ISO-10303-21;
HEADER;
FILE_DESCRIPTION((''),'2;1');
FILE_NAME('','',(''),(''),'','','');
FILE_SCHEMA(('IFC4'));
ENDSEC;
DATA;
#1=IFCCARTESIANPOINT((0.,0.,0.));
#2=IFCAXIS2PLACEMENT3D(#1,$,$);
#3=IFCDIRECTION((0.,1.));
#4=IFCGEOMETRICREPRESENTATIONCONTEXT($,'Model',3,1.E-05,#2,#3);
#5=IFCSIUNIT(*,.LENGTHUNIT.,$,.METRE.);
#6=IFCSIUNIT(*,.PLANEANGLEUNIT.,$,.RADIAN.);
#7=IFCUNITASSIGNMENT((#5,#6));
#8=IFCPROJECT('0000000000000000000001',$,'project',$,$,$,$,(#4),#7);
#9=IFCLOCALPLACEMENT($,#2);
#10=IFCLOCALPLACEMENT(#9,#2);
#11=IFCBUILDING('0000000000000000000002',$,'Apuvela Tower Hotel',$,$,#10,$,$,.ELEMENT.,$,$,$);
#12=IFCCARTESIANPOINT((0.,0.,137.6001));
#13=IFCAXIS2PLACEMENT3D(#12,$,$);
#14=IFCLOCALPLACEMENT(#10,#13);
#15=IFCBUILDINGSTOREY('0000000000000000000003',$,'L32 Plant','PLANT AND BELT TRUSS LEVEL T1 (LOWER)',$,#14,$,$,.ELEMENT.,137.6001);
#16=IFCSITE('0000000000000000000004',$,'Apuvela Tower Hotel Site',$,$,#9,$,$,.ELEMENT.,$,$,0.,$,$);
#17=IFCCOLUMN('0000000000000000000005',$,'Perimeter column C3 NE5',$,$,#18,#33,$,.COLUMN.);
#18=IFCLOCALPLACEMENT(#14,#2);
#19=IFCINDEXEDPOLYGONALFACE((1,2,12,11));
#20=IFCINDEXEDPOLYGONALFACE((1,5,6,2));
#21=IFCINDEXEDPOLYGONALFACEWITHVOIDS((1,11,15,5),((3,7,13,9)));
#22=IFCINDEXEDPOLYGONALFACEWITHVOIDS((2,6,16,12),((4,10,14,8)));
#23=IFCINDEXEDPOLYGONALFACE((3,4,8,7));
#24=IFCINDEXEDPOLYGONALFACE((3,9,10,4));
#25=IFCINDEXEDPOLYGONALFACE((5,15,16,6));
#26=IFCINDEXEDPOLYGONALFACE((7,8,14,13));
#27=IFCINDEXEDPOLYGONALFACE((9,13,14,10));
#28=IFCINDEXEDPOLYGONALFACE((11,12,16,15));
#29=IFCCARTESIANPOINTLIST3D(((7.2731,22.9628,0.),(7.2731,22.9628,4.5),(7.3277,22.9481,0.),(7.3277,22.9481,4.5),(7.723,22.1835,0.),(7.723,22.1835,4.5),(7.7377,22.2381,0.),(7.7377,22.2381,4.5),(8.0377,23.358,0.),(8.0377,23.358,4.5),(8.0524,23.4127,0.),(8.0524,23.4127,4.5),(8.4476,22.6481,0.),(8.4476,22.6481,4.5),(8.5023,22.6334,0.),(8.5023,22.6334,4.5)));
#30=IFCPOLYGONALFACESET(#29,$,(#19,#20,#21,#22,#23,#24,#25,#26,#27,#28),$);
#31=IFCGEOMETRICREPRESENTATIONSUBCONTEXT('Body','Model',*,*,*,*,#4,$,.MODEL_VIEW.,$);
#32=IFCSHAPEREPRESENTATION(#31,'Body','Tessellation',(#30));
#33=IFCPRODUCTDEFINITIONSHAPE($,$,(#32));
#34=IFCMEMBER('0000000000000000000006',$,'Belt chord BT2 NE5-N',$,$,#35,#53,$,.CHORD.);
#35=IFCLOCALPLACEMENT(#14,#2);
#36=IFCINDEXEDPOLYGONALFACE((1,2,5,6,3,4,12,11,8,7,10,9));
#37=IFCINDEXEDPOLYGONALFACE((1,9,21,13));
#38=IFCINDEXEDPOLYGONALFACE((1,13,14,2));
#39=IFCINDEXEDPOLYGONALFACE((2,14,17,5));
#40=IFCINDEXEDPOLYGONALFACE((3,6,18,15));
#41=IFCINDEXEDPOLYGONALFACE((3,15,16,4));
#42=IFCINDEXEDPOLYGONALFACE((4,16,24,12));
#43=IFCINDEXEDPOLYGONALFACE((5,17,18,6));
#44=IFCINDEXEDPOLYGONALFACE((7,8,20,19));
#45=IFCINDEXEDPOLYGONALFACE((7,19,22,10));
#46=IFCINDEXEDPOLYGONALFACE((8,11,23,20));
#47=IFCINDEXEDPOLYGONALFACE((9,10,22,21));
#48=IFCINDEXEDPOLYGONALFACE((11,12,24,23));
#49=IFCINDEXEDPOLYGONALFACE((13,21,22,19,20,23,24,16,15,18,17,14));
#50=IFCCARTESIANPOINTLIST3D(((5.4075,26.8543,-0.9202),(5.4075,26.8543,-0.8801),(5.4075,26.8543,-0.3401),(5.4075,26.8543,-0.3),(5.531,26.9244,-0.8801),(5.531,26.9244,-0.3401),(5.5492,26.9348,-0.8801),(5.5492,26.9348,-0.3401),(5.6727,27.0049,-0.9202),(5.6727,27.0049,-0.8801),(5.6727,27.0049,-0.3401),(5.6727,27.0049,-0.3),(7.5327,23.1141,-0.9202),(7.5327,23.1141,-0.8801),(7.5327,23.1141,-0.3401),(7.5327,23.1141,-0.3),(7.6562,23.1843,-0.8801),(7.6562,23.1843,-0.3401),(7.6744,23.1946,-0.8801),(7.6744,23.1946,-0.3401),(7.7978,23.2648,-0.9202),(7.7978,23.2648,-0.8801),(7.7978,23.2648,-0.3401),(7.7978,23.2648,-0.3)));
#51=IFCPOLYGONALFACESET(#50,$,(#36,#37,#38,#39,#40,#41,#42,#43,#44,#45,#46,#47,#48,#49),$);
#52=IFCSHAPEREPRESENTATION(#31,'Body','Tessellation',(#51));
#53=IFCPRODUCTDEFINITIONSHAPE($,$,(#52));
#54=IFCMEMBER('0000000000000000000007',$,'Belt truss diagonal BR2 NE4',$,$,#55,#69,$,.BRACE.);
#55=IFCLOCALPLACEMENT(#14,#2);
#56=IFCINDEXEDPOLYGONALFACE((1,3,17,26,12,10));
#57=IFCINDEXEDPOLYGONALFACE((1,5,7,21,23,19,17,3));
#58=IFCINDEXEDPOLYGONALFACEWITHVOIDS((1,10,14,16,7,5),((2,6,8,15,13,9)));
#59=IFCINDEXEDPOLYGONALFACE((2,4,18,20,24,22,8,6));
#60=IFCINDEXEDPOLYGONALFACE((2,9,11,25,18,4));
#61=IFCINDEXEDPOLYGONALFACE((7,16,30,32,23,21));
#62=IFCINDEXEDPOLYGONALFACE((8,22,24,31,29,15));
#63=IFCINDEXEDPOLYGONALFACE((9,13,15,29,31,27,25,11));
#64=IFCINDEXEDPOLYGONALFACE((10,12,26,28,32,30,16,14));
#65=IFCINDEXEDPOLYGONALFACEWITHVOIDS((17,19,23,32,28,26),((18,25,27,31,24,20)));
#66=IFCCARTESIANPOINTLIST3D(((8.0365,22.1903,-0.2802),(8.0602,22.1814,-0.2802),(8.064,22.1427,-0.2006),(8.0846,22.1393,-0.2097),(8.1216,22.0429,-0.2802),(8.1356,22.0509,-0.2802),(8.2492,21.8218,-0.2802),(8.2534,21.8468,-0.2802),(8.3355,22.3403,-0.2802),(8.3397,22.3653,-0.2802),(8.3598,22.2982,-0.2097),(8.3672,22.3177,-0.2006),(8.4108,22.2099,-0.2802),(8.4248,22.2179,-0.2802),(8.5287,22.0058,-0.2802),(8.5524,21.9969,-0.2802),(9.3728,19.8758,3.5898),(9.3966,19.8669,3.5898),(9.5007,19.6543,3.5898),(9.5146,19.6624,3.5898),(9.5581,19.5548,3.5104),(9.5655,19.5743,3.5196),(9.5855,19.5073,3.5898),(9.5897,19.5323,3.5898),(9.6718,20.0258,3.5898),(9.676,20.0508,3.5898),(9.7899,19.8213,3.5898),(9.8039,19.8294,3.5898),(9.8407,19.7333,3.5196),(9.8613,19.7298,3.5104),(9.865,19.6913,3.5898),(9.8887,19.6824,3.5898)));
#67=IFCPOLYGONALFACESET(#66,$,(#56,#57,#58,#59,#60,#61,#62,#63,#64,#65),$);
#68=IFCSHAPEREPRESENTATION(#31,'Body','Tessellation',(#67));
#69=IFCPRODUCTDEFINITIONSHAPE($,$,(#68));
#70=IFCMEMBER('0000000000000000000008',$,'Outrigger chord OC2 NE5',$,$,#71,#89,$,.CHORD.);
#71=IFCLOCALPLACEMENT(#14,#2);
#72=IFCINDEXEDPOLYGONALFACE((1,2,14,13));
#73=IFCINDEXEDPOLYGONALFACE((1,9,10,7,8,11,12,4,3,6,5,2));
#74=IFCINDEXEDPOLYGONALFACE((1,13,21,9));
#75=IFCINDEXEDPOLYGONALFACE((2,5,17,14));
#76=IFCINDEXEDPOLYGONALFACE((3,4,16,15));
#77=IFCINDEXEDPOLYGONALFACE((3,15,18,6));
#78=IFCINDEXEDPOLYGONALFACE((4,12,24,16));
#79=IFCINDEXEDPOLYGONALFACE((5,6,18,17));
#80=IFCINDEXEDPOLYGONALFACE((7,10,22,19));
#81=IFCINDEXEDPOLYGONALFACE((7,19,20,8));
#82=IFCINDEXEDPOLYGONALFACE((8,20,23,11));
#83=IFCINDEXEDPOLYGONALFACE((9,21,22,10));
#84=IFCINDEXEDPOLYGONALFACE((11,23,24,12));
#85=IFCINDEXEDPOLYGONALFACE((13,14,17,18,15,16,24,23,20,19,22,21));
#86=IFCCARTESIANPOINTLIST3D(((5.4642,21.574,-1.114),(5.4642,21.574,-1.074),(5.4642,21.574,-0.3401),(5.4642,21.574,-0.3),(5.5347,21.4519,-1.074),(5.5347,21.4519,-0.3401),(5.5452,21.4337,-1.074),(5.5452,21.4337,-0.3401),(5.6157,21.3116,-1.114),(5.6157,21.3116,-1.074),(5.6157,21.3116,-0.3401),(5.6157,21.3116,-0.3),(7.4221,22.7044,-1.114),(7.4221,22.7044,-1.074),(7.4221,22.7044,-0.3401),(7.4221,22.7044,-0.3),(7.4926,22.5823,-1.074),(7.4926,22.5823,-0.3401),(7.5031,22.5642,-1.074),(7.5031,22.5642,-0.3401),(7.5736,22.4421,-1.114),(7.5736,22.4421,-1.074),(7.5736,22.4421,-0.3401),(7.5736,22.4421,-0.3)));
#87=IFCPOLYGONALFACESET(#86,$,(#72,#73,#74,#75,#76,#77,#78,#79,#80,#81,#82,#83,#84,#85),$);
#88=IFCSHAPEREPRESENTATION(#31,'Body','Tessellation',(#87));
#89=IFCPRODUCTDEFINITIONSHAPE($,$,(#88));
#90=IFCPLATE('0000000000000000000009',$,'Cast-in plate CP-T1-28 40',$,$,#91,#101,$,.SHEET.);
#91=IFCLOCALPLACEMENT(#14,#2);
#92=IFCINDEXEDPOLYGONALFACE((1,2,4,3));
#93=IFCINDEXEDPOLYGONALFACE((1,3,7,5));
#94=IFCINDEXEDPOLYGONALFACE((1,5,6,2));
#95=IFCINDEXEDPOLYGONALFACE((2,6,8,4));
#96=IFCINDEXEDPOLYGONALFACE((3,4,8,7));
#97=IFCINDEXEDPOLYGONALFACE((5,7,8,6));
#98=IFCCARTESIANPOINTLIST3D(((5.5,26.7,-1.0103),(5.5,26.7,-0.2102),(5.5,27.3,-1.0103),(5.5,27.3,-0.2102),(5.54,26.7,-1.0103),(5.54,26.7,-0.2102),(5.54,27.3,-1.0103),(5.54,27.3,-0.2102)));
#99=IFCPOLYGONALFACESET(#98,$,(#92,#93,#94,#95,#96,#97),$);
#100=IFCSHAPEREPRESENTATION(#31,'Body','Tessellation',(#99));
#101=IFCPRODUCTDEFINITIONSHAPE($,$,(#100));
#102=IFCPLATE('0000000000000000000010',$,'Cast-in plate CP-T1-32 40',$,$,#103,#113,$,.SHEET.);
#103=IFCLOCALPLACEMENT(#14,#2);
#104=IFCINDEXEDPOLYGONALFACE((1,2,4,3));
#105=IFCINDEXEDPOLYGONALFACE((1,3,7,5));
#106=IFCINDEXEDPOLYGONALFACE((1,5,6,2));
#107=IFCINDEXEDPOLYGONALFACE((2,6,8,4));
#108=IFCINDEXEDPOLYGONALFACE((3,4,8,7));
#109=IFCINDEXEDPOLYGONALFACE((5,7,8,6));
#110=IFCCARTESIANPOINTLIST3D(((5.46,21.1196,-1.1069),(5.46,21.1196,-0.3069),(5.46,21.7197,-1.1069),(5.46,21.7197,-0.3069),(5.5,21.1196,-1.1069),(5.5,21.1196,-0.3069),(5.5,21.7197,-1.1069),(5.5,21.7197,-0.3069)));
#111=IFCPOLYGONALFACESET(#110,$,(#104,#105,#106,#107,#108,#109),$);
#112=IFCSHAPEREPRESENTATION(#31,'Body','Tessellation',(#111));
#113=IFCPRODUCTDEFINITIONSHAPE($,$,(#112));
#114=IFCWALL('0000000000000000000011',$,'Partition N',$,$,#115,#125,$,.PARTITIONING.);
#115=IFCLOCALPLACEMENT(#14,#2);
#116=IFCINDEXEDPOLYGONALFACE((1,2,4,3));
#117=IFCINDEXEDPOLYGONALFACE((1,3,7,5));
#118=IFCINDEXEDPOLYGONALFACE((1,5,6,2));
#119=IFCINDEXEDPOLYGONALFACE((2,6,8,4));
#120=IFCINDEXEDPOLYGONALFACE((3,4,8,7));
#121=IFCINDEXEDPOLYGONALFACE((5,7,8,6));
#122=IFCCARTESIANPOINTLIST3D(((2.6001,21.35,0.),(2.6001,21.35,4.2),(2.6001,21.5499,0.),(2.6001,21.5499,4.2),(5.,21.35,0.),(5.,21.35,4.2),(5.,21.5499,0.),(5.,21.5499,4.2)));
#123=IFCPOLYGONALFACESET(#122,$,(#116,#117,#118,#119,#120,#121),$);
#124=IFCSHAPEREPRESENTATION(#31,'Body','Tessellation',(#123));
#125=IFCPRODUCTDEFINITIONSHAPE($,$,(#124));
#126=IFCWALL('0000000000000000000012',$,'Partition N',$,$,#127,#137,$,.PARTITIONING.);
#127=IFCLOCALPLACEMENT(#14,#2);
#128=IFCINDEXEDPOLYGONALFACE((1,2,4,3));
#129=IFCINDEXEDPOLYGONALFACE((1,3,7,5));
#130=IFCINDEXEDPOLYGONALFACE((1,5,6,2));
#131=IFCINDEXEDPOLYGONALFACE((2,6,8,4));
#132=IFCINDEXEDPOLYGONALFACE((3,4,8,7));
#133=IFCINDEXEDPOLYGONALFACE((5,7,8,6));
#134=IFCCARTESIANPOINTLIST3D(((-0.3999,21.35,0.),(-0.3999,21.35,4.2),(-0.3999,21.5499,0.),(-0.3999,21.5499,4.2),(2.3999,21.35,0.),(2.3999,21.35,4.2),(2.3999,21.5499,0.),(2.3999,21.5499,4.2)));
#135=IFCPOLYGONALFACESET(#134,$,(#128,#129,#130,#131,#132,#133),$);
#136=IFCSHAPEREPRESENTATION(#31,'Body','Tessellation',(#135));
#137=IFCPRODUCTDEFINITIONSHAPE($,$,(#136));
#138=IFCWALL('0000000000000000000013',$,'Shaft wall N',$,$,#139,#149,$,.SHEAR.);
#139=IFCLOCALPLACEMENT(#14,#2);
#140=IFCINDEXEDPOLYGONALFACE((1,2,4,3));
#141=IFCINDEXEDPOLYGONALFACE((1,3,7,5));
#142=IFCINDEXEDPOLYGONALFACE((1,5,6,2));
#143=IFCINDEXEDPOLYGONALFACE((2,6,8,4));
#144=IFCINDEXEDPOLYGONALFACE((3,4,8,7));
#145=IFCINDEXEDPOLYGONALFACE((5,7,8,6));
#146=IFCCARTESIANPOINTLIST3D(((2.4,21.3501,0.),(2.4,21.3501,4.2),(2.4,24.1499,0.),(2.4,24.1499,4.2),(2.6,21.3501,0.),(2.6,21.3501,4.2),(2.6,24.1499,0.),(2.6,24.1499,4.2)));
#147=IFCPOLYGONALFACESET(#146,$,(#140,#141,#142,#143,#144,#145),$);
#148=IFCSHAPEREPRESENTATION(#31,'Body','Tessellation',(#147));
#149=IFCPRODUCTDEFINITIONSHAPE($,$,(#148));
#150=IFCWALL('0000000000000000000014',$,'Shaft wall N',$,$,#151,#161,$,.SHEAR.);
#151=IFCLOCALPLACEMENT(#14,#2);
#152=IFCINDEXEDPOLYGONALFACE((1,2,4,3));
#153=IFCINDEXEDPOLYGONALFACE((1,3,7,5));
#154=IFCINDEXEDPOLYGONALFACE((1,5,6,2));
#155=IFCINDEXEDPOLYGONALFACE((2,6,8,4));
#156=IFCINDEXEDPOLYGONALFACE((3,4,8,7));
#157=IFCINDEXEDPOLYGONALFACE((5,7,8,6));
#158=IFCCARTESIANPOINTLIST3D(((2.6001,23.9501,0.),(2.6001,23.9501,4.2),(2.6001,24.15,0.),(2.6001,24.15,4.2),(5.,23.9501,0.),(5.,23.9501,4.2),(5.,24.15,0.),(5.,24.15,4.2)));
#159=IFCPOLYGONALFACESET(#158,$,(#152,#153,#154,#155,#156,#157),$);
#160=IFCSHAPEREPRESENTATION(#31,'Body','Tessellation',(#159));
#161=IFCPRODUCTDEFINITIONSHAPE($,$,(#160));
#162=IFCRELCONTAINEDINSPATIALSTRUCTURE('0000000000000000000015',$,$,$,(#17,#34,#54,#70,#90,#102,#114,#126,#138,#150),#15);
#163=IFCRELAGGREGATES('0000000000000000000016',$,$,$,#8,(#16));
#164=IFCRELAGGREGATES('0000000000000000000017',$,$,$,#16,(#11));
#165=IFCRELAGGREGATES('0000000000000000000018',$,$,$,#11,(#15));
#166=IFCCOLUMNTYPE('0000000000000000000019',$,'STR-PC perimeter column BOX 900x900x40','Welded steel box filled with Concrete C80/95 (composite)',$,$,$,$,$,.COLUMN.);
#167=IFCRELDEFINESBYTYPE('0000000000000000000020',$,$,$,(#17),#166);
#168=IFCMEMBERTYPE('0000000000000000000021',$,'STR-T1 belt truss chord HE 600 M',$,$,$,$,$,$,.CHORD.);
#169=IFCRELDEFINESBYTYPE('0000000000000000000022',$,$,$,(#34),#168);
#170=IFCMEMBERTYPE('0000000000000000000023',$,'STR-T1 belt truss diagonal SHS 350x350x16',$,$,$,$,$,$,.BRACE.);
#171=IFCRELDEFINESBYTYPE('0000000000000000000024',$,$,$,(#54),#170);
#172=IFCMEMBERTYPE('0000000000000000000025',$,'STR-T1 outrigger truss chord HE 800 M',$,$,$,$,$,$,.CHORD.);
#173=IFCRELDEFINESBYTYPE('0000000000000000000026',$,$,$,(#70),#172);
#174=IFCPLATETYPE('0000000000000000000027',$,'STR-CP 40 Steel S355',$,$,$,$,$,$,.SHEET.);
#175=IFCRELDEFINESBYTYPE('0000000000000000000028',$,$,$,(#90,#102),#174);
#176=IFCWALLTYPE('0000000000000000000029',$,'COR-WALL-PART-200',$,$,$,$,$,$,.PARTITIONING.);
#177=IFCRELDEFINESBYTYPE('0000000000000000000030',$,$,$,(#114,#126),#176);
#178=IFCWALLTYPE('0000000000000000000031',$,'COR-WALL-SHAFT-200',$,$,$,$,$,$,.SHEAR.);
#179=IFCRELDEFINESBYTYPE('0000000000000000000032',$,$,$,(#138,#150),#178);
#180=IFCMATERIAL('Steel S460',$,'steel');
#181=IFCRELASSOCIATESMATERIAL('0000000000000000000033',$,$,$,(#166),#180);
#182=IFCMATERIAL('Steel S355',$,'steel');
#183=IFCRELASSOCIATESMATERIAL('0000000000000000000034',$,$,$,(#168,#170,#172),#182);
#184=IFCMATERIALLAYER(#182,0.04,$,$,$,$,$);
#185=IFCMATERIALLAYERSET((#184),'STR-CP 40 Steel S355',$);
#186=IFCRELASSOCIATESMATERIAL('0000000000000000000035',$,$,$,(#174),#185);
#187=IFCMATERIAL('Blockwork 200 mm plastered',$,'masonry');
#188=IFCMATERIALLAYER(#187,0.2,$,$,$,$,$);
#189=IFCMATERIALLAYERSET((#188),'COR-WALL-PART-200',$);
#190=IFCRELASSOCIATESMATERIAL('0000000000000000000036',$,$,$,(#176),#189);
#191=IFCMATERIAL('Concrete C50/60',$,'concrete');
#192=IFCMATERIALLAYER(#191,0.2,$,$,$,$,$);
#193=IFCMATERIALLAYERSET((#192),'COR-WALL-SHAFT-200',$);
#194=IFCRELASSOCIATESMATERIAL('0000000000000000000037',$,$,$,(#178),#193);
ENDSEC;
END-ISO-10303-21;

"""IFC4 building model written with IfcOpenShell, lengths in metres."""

from ifc_helpers import new_model, si_unit, direction, frame, frame_2d, origin, origin_2d, place, context, subcontext, project, spatial, rectangle, hollow_rectangle, i_section, extrude, boolean, halfspace, material, layer, layer_set, material_profile, profile_set, type_object, element, save


model = new_model("IFC4")

# Units and contexts
model_context = context("Model", 3, precision=1e-05, world=origin(), true_north=direction((0.0, 1.0)))
body_context = subcontext(model_context, "Body", "Model", "MODEL_VIEW")
ifc_project = project(units=[si_unit("LENGTHUNIT", "METRE"), si_unit("PLANEANGLEUNIT", "RADIAN")], contexts=[model_context])

# Site, building, storey
site_placement = place(None, origin())
site = spatial("IfcSite", under=ifc_project, at=site_placement, Name="Apuvela Tower Hotel Site", CompositionType="ELEMENT", RefElevation=0.0)
building_placement = place(site_placement, origin())
building = spatial("IfcBuilding", under=site, at=building_placement, Name="Apuvela Tower Hotel", CompositionType="ELEMENT")
storey_placement = place(building_placement, frame((0.0, 0.0, 137.6001)))
storey = spatial("IfcBuildingStorey", under=building, at=storey_placement, Name="L32 Plant", Description="PLANT AND BELT TRUSS LEVEL T1 (LOWER)", CompositionType="ELEMENT", Elevation=137.6001)

# Column
ifc_material_1 = material(Name="Steel S460", Category="steel")
ifc_material_profile_1 = material_profile(ifc_material_1, hollow_rectangle(XDim=0.8999, YDim=0.8999, WallThickness=0.04, at=origin_2d()), Name="BOX 900x900x40")
ifc_material_2 = material(Name="Concrete C80/95", Category="concrete")
ifc_material_profile_2 = material_profile(ifc_material_2, rectangle(XDim=0.8201, YDim=0.8201, at=origin_2d()), Name="Concrete C80/95 infill")
ifc_profile_set_1 = profile_set([ifc_material_profile_1, ifc_material_profile_2], Name="Steel S460")
column_type = type_object("IfcColumnType", Name="STR-PC perimeter column BOX 900x900x40", Description="Welded steel box filled with Concrete C80/95 (composite)", PredefinedType="COLUMN", material=ifc_profile_set_1)
column_placement = place(storey_placement, frame((7.8877, 22.7981, 0.0), z_axis=(0.0, 0.0, 1.0), x_axis=(-0.5, 0.866025, 0.0)))
element("IfcColumn", 1, at=column_placement, inside=storey, type_object=column_type, Name="Perimeter column C3 NE5", PredefinedType="COLUMN", context=body_context, shape_type="SweptSolid", body=[
    extrude(hollow_rectangle(XDim=0.8999, YDim=0.8999, WallThickness=0.04, at=origin_2d()), origin(), (0.0, 0.0, 1.0), 4.5),
])

# Members
ifc_material_3 = material(Name="Steel S355", Category="steel")
ifc_material_profile_3 = material_profile(ifc_material_3, i_section(OverallWidth=0.3049, OverallDepth=0.6201, WebThickness=0.021, FlangeThickness=0.04, at=origin_2d()), Name="HE 600 M")
ifc_profile_set_2 = profile_set([ifc_material_profile_3], Name="Steel S355")
member_type_1 = type_object("IfcMemberType", Name="STR-T1 belt truss chord HE 600 M", PredefinedType="CHORD", material=ifc_profile_set_2)
member_1_placement = place(storey_placement, frame((7.6653, 23.1895, -0.6101), z_axis=(-0.494029, 0.869445, 0.0), x_axis=(-0.869445, -0.494029, 0.0)))
element("IfcMember", 2, at=member_1_placement, inside=storey, type_object=member_type_1, Name="Belt chord BT2 NE5-N", PredefinedType="CHORD", context=body_context, shape_type="SweptSolid", body=[
    extrude(i_section(OverallWidth=0.3049, OverallDepth=0.6201, WebThickness=0.021, FlangeThickness=0.04, at=origin_2d()), origin(), (0.0, 0.0, 1.0), 4.3018),
])
ifc_material_profile_4 = material_profile(ifc_material_3, hollow_rectangle(XDim=0.3501, YDim=0.3501, WallThickness=0.0161, at=origin_2d()), Name="SHS 350x350x16")
ifc_profile_set_3 = profile_set([ifc_material_profile_4], Name="Steel S355")
member_type_2 = type_object("IfcMemberType", Name="STR-T1 belt truss diagonal SHS 350x350x16", PredefinedType="BRACE", material=ifc_profile_set_3)
member_2_placement = place(storey_placement, frame((8.2876, 22.1055, -0.3), z_axis=(0.284132, -0.492119, 0.822853), x_axis=(-0.411434, 0.712607, 0.568254)))
solid_1 = boolean("DIFFERENCE", boolean("DIFFERENCE", extrude(hollow_rectangle(XDim=0.3501, YDim=0.3501, WallThickness=0.0161, at=origin_2d()), frame((0.0, 0.0, -0.2407)), (0.0, 0.0, 1.0), 5.2332), halfspace(frame((0.0, 0.0, 0.0242), z_axis=(0.568254, 0.0, 0.822853), x_axis=(0.822853, 0.0, -0.568254)), True)), halfspace(frame((0.0, 0.0, 4.7273), z_axis=(0.568254, 0.0, 0.822853), x_axis=(0.822853, 0.0, -0.568254)), False))
element("IfcMember", 3, at=member_2_placement, inside=storey, type_object=member_type_2, Name="Belt truss diagonal BR2 NE4", PredefinedType="BRACE", context=body_context, shape_type="SweptSolid", body=[
    boolean("UNION", boolean("DIFFERENCE", boolean("DIFFERENCE", extrude(hollow_rectangle(XDim=0.3501, YDim=0.3501, WallThickness=0.0161, at=origin_2d()), origin(), (0.0, 0.0, 1.0), 4.7517), halfspace(frame((0.0, 0.0, 0.0242), z_axis=(0.568254, 0.0, 0.822853), x_axis=(0.822853, 0.0, -0.568254)), True)), halfspace(frame((0.0, 0.0, 4.7273), z_axis=(0.568254, 0.0, 0.822853), x_axis=(0.822853, 0.0, -0.568254)), False)), solid_1),
])
ifc_material_profile_5 = material_profile(ifc_material_3, i_section(OverallWidth=0.303, OverallDepth=0.814, WebThickness=0.021, FlangeThickness=0.04, at=origin_2d()), Name="HE 800 M")
ifc_profile_set_4 = profile_set([ifc_material_profile_5], Name="Steel S355")
member_type_3 = type_object("IfcMemberType", Name="STR-T1 outrigger truss chord HE 800 M", PredefinedType="CHORD", material=ifc_profile_set_4)
member_3_placement = place(storey_placement, frame((7.4978, 22.5732, -0.707), z_axis=(-0.866015, -0.500018, 0.0), x_axis=(0.500018, -0.866015, 0.0)))
element("IfcMember", 4, at=member_3_placement, inside=storey, type_object=member_type_3, Name="Outrigger chord OC2 NE5", PredefinedType="CHORD", context=body_context, shape_type="SweptSolid", body=[
    extrude(i_section(OverallWidth=0.303, OverallDepth=0.814, WebThickness=0.021, FlangeThickness=0.04, at=origin_2d()), origin(), (0.0, 0.0, 1.0), 2.2607),
])

# Plates
ifc_layer_1 = layer(ifc_material_3, 0.04)
ifc_layer_set_1 = layer_set([ifc_layer_1], Name="STR-CP 40 Steel S355")
plate_type = type_object("IfcPlateType", Name="STR-CP 40 Steel S355", PredefinedType="SHEET", material=ifc_layer_set_1)
for number, where, z_axis, x_axis, name in (
    (5, (5.52, 27.0, -1.0103), (0.0, 0.0, 1.0), (1.0, 0.0, 0.0), "Cast-in plate CP-T1-28 40"),
    (6, (5.48, 21.4197, -1.1069), (0.0, 0.0, 1.0), (-1.0, 0.0, 0.0), "Cast-in plate CP-T1-32 40"),
):
    element("IfcPlate", number, at=place(storey_placement, frame(where, z_axis=z_axis, x_axis=x_axis)), inside=storey, type_object=plate_type, Name=name, PredefinedType="SHEET", context=body_context, shape_type="SweptSolid", body=[
        extrude(rectangle(XDim=0.04, YDim=0.6001, at=origin_2d()), origin(), (0.0, 0.0, 1.0), 0.8),
    ])

# Walls
ifc_material_4 = material(Name="Blockwork 200 mm plastered", Category="masonry")
ifc_layer_2 = layer(ifc_material_4, 0.2)
ifc_layer_set_2 = layer_set([ifc_layer_2], Name="COR-WALL-PART-200")
wall_type_1 = type_object("IfcWallType", Name="COR-WALL-PART-200", PredefinedType="PARTITIONING", material=ifc_layer_set_2)
wall_1_placement = place(storey_placement, frame((5.0, 21.45, 0.0), z_axis=(0.0, 0.0, 1.0), x_axis=(-1.0, 0.0, 0.0)))
element("IfcWall", 7, at=wall_1_placement, inside=storey, type_object=wall_type_1, Name="Partition N", PredefinedType="PARTITIONING", context=body_context, shape_type="SweptSolid", body=[
    extrude(rectangle(XDim=2.3999, YDim=0.2, at=frame_2d((1.2, 0.0))), origin(), (0.0, 0.0, 1.0), 4.2),
])
wall_2_placement = place(storey_placement, frame((2.3999, 21.45, 0.0), z_axis=(0.0, 0.0, 1.0), x_axis=(-1.0, 0.0, 0.0)))
element("IfcWall", 8, at=wall_2_placement, inside=storey, type_object=wall_type_1, Name="Partition N", PredefinedType="PARTITIONING", context=body_context, shape_type="SweptSolid", body=[
    extrude(rectangle(XDim=2.7998, YDim=0.2, at=frame_2d((1.3999, 0.0))), origin(), (0.0, 0.0, 1.0), 4.2),
])
ifc_material_5 = material(Name="Concrete C50/60", Category="concrete")
ifc_layer_3 = layer(ifc_material_5, 0.2)
ifc_layer_set_3 = layer_set([ifc_layer_3], Name="COR-WALL-SHAFT-200")
wall_type_2 = type_object("IfcWallType", Name="COR-WALL-SHAFT-200", PredefinedType="SHEAR", material=ifc_layer_set_3)
wall_3_placement = place(storey_placement, frame((2.5, 21.3501, 0.0), z_axis=(0.0, 0.0, 1.0), x_axis=(0.0, 1.0, 0.0)))
element("IfcWall", 9, at=wall_3_placement, inside=storey, type_object=wall_type_2, Name="Shaft wall N", PredefinedType="SHEAR", context=body_context, shape_type="SweptSolid", body=[
    extrude(rectangle(XDim=2.7998, YDim=0.2, at=frame_2d((1.3999, 0.0))), origin(), (0.0, 0.0, 1.0), 4.2),
])
wall_4_placement = place(storey_placement, frame((5.0, 24.05, 0.0), z_axis=(0.0, 0.0, 1.0), x_axis=(-1.0, 0.0, 0.0)))
element("IfcWall", 10, at=wall_4_placement, inside=storey, type_object=wall_type_2, Name="Shaft wall N", PredefinedType="SHEAR", context=body_context, shape_type="SweptSolid", body=[
    extrude(rectangle(XDim=2.3999, YDim=0.2, at=frame_2d((1.2, 0.0))), origin(), (0.0, 0.0, 1.0), 4.2),
])

save(model, "model.ifc")
